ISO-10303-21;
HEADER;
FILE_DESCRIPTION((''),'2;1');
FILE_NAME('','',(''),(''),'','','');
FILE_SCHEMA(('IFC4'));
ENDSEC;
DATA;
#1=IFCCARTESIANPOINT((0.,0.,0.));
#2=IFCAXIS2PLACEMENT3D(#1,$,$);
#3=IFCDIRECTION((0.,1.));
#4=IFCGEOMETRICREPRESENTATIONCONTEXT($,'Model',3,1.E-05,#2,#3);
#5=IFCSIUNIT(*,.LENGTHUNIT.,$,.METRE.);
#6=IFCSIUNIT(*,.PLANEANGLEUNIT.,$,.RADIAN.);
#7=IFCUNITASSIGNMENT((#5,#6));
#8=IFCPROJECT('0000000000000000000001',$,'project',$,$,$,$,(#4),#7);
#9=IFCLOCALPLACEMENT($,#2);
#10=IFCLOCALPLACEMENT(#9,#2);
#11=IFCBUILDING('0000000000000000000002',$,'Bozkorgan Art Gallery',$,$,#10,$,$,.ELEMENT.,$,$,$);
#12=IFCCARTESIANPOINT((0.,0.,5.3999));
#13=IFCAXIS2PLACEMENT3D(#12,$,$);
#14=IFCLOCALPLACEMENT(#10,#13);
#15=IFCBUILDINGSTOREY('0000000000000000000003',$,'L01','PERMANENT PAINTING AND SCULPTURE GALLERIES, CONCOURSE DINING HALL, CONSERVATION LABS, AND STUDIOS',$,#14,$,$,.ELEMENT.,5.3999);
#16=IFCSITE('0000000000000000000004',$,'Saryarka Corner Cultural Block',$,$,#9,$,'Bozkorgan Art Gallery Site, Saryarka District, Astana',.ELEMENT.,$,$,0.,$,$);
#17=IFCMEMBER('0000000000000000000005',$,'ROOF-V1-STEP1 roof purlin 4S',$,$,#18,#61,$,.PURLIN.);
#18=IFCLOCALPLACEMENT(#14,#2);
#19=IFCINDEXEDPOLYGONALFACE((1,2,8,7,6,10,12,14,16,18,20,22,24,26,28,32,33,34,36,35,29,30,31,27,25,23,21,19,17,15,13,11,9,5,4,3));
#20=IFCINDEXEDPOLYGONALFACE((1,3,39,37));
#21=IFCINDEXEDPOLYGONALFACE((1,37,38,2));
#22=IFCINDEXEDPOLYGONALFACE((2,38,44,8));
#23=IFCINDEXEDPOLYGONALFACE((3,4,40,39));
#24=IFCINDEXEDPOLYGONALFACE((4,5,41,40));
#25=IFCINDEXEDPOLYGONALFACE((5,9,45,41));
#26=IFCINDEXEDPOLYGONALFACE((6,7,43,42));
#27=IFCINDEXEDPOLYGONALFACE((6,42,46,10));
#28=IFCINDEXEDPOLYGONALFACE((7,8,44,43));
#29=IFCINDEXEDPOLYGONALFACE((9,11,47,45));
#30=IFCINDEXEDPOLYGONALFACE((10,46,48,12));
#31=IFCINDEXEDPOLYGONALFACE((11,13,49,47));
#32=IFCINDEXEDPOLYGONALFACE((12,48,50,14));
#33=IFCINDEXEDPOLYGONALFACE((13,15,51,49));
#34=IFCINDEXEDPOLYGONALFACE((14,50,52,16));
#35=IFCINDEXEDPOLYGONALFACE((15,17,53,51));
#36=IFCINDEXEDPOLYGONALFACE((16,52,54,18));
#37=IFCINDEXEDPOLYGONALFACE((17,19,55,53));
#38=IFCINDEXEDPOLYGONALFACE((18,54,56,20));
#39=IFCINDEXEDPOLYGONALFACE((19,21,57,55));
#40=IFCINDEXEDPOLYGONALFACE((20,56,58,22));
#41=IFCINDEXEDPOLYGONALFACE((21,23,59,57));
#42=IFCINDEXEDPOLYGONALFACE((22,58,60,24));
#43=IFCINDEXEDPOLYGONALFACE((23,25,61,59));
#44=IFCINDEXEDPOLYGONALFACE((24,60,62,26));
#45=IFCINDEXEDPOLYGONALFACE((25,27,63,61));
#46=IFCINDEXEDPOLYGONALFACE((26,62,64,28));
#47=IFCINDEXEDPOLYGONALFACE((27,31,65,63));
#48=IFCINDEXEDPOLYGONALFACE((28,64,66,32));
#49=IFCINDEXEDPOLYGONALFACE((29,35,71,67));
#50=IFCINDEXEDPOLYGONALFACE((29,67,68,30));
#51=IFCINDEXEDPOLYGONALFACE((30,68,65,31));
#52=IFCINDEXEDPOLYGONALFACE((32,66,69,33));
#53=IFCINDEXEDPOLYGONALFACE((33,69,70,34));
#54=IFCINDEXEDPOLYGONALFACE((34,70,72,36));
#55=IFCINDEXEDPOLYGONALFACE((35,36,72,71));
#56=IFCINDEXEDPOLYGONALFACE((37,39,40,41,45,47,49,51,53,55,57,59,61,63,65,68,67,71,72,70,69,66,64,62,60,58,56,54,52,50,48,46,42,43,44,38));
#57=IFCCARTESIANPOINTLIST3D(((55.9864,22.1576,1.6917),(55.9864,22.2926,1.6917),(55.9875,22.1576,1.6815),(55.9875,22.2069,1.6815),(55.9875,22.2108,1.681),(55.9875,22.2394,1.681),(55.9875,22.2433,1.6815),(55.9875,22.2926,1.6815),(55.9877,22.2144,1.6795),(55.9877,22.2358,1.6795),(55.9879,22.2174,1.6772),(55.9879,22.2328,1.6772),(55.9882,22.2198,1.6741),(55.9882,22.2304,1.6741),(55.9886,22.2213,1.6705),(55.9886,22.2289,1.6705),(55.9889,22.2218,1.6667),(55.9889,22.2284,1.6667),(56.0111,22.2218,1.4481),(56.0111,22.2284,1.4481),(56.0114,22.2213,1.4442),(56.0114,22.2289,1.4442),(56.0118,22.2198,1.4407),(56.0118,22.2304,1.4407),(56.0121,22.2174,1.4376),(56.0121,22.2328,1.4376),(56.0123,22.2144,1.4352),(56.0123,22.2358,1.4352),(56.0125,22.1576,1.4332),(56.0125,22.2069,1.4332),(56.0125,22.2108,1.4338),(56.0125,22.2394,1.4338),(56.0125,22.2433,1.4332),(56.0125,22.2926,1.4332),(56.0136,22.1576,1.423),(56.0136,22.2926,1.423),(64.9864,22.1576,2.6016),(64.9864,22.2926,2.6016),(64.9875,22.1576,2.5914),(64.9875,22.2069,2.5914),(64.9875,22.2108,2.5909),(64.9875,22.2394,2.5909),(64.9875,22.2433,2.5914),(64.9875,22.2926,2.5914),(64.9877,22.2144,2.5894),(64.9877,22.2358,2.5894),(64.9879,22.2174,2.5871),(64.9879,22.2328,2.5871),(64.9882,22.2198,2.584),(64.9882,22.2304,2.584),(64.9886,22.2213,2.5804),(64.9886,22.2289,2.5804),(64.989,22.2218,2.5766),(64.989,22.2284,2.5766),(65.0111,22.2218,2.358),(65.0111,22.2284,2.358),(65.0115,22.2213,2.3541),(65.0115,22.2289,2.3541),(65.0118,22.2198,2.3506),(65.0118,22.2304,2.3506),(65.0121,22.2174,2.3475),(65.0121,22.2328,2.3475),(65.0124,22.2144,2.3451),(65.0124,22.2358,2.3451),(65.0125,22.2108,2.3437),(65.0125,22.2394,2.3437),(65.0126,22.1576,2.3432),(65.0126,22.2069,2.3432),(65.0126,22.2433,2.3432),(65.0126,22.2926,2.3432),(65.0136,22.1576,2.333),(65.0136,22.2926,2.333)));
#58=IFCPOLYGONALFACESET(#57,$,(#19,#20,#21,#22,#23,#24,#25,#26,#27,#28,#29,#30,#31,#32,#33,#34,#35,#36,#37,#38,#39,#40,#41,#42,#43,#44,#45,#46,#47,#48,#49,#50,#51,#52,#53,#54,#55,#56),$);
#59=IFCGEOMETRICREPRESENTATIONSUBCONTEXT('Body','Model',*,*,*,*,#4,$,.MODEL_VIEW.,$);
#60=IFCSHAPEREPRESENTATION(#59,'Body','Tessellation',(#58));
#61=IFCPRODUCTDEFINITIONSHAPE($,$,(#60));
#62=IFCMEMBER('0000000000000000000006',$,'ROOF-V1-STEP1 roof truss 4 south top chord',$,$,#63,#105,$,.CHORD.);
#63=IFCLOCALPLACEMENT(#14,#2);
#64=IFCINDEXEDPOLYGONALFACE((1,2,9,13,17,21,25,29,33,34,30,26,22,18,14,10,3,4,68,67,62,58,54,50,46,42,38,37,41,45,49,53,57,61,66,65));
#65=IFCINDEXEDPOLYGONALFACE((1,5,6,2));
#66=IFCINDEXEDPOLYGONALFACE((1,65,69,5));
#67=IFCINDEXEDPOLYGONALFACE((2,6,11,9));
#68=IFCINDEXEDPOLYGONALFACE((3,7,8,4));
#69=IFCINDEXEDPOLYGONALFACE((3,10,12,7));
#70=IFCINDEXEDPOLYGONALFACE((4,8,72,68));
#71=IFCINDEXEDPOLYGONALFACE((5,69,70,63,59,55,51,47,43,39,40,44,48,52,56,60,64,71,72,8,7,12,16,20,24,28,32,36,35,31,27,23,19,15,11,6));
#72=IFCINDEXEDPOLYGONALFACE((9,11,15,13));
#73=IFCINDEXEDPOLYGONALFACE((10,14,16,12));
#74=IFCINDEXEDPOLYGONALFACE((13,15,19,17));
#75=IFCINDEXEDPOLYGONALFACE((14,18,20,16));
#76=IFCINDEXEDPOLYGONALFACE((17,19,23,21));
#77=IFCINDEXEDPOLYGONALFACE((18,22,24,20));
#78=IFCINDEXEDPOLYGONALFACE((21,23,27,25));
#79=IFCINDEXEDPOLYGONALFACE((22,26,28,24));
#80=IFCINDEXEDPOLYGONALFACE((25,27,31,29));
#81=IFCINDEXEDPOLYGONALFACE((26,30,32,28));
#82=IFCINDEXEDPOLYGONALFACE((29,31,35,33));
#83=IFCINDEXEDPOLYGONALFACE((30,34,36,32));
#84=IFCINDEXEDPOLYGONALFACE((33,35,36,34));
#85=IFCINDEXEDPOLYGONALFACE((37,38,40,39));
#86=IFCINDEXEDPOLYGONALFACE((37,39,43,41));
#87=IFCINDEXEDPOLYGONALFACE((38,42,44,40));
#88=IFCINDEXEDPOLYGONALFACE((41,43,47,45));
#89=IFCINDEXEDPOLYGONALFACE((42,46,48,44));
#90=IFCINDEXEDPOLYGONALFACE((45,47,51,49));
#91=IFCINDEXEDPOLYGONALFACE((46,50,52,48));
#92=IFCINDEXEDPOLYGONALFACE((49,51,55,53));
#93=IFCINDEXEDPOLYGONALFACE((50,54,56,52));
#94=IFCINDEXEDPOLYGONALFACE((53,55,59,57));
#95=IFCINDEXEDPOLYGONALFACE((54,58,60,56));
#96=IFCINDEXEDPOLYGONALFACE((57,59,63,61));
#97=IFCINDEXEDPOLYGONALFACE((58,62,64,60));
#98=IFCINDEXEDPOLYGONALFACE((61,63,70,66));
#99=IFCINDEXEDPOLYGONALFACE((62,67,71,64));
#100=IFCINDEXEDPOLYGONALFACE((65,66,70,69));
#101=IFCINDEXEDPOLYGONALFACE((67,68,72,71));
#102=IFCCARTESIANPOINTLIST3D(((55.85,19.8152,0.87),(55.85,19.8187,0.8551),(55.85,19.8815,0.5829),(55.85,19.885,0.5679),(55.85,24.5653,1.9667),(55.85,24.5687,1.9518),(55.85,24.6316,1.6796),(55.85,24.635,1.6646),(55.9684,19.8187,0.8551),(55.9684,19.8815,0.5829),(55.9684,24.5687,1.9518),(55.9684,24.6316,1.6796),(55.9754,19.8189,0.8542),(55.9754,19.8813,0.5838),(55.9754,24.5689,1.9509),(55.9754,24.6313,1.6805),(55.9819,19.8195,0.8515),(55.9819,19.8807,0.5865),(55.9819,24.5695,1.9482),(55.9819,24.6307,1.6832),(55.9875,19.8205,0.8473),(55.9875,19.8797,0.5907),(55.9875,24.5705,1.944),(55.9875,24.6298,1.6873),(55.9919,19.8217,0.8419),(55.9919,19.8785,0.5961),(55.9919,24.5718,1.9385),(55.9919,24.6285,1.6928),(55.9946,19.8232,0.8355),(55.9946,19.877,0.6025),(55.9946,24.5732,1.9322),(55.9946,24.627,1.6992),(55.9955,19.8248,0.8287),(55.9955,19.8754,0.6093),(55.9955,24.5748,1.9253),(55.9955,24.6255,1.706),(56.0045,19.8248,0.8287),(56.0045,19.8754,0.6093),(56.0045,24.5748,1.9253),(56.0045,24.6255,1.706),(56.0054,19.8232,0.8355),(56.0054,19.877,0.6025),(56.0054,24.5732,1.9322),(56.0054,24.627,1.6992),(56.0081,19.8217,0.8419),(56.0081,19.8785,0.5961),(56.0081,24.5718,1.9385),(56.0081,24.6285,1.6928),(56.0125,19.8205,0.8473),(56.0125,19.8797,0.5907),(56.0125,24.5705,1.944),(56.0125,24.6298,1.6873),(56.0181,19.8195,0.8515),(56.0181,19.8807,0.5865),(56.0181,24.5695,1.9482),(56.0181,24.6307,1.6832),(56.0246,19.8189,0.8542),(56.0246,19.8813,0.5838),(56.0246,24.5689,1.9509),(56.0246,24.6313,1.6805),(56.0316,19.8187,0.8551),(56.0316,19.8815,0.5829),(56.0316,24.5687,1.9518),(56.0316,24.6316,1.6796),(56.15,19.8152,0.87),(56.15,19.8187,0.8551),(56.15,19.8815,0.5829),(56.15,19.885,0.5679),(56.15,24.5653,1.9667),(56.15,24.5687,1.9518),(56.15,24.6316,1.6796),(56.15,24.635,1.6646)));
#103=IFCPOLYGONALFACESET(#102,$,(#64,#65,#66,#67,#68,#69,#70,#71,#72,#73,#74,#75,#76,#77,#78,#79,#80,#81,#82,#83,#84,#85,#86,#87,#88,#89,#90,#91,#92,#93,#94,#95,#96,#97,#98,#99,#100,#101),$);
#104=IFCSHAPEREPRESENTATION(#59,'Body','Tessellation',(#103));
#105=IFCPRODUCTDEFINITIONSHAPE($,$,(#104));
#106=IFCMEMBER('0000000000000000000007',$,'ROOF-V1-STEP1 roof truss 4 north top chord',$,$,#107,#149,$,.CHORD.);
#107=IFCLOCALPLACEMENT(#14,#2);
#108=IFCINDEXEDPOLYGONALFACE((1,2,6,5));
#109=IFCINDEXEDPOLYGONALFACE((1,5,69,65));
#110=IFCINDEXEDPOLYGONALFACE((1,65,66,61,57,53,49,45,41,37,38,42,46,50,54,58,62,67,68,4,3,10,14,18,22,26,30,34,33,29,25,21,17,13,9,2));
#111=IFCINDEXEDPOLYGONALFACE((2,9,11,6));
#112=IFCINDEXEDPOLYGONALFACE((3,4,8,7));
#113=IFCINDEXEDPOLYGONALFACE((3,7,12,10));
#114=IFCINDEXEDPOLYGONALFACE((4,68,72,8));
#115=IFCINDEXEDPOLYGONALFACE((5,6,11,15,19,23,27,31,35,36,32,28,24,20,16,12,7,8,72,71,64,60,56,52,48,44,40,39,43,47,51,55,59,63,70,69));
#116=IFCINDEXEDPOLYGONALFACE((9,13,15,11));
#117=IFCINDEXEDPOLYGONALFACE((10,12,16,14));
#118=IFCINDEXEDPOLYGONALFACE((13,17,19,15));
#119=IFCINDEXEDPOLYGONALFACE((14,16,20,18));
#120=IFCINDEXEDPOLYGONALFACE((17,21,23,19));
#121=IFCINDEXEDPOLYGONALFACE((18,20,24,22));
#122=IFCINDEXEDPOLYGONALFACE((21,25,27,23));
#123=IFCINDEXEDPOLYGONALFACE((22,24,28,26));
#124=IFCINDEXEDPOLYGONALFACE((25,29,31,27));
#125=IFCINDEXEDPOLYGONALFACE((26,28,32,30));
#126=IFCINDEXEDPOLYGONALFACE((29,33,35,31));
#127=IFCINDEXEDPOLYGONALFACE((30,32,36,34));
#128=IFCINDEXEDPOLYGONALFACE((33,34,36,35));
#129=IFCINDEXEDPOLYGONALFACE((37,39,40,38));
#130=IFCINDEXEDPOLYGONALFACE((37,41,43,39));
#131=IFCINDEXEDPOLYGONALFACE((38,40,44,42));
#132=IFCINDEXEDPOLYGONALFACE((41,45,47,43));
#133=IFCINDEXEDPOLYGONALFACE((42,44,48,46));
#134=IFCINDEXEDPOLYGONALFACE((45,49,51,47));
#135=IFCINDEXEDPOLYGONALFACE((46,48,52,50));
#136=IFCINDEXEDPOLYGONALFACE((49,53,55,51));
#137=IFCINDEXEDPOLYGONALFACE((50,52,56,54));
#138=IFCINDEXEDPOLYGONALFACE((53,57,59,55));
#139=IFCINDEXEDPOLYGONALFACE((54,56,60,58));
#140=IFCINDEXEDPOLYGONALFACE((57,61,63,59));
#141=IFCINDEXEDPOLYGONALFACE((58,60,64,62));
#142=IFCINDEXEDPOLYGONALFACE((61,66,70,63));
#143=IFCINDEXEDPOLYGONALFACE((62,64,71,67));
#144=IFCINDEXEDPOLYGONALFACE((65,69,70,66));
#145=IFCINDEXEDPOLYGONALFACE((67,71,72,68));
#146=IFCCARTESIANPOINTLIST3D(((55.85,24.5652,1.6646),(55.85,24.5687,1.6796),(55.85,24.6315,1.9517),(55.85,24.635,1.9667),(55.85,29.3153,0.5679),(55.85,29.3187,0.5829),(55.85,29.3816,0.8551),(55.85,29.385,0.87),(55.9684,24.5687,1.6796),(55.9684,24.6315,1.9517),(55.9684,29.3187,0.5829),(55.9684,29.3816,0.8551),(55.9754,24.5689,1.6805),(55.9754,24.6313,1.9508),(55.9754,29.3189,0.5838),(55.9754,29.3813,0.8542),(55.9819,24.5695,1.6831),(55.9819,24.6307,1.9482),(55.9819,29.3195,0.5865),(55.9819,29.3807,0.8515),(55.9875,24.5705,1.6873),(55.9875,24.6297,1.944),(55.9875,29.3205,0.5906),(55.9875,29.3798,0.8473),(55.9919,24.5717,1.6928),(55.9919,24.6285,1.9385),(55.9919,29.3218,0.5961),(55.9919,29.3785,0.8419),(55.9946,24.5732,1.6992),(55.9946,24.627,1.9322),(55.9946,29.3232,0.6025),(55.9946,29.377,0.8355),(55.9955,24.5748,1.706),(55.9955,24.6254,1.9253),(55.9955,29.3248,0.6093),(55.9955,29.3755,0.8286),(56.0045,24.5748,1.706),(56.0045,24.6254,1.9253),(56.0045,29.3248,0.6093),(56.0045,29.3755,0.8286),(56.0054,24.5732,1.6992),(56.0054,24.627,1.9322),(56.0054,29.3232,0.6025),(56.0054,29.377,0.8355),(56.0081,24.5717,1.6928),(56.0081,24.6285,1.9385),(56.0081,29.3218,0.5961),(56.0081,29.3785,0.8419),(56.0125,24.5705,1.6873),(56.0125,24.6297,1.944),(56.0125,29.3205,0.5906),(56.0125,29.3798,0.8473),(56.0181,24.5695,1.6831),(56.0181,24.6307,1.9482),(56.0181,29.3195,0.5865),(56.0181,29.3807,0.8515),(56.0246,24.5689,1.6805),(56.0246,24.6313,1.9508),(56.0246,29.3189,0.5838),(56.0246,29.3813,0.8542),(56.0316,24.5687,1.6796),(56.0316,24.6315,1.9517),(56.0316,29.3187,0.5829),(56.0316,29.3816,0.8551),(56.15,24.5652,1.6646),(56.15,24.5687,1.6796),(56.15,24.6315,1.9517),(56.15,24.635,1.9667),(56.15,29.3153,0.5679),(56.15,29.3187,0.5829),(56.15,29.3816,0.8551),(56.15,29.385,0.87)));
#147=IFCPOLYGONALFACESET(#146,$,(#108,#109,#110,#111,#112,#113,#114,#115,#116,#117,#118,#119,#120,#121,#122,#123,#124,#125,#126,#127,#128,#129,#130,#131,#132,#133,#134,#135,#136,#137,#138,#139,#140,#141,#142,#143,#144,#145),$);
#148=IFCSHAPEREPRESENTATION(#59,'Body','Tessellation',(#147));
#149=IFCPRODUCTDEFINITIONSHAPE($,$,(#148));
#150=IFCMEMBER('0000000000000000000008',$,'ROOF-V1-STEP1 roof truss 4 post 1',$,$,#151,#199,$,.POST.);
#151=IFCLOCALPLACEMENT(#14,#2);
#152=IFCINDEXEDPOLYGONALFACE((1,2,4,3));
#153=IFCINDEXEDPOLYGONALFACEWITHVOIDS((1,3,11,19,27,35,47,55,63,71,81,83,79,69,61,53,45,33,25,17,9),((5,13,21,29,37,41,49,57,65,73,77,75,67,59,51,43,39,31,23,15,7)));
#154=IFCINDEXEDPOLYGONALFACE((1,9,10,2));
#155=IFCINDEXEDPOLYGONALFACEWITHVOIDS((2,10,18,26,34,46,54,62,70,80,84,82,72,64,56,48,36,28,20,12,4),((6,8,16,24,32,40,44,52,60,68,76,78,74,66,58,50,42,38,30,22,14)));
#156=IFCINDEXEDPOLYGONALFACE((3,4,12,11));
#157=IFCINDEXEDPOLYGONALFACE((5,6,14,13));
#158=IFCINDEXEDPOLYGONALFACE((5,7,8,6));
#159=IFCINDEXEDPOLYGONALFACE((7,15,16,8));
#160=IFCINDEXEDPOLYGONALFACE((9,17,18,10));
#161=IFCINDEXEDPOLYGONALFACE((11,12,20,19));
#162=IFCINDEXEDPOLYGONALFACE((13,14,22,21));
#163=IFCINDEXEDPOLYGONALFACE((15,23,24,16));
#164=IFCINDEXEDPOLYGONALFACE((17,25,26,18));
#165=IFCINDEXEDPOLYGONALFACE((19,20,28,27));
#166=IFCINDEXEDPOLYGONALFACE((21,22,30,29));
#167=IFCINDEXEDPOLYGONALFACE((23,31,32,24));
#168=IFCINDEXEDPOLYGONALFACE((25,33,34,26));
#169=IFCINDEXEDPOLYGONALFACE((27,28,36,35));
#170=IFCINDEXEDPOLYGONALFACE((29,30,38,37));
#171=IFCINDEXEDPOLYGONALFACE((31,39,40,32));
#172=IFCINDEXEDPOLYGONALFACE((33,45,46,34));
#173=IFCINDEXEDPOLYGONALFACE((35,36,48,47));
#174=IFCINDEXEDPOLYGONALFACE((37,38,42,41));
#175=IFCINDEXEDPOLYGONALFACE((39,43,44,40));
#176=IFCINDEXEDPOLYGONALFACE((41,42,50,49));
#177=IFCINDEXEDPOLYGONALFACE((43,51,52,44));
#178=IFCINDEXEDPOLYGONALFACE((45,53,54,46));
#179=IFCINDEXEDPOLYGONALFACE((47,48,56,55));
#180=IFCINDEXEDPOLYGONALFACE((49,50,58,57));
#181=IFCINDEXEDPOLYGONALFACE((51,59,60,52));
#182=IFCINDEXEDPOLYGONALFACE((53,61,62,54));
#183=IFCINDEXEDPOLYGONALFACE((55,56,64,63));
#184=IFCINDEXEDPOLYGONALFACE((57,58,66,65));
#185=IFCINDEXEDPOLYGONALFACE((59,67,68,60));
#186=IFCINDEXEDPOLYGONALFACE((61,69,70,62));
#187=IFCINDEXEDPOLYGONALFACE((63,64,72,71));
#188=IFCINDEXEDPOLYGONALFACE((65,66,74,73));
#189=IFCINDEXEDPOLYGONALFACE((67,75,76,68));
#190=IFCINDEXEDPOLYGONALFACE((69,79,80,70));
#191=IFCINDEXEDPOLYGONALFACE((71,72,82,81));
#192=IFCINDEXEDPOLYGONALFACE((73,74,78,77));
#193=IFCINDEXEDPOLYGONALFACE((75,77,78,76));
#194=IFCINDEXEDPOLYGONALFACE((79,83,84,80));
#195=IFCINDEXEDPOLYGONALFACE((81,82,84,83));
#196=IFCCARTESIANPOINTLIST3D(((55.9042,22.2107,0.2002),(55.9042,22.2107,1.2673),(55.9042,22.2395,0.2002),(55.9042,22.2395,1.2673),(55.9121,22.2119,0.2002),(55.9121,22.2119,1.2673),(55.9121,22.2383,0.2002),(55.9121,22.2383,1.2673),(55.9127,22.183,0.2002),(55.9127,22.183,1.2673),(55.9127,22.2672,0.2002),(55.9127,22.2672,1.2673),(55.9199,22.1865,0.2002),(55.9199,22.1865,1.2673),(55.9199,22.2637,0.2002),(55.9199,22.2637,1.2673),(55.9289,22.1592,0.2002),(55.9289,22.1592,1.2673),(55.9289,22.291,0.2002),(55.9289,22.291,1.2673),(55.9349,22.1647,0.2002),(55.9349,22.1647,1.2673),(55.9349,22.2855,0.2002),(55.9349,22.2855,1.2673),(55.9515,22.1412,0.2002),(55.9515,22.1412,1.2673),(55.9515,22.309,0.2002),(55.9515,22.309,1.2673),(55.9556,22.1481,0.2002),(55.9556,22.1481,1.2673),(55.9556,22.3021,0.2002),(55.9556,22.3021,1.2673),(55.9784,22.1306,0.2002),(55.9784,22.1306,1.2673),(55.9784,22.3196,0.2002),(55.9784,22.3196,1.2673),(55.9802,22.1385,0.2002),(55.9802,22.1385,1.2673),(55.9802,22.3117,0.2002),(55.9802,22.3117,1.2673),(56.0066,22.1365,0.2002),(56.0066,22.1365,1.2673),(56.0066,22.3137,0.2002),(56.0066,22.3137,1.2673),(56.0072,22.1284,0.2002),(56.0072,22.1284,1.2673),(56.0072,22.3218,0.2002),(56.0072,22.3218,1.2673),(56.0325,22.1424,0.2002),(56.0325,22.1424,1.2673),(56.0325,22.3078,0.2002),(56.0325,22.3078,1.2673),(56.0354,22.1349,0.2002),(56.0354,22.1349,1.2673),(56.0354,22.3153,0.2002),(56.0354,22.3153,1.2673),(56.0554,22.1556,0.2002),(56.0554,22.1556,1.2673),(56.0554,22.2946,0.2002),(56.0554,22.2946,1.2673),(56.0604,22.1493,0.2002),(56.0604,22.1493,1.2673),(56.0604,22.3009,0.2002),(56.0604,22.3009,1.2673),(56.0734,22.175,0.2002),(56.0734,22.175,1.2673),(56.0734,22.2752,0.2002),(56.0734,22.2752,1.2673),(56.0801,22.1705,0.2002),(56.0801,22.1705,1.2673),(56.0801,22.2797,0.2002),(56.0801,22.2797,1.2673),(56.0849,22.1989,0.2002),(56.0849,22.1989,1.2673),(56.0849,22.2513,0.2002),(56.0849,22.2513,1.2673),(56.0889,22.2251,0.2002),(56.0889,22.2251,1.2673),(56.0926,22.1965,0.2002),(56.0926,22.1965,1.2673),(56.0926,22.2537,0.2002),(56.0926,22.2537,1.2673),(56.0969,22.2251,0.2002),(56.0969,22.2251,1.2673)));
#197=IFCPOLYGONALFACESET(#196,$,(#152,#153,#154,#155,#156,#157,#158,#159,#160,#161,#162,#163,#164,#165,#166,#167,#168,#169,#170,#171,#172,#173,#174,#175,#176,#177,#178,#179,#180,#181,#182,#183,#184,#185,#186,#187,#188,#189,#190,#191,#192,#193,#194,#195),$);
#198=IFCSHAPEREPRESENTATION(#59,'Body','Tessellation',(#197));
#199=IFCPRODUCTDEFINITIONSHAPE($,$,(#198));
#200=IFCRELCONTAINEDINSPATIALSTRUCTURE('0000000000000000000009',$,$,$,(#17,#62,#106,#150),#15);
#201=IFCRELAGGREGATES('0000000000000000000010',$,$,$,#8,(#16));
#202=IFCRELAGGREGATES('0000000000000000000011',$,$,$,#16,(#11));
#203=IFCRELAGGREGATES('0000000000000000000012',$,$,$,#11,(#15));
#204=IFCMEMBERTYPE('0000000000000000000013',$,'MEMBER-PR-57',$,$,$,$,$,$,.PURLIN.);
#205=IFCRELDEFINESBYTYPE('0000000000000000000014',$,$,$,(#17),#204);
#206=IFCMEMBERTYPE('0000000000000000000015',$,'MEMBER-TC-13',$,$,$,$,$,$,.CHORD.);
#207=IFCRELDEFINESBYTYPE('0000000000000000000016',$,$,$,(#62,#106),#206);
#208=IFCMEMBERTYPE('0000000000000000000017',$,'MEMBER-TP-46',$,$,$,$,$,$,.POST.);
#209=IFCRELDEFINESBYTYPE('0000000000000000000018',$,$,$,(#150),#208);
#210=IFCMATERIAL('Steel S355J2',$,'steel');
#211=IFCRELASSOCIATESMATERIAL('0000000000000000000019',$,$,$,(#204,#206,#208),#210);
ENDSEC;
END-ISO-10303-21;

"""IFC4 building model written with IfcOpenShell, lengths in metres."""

from ifc_helpers import new_model, si_unit, direction, frame, origin, origin_2d, place, context, subcontext, project, spatial, hollow_circle, i_section, extrude, material, material_profile, profile_set, type_object, element, save


model = new_model("IFC4")

# Units and contexts
model_context = context("Model", 3, precision=1e-05, world=origin(), true_north=direction((0.0, 1.0)))
body_context = subcontext(model_context, "Body", "Model", "MODEL_VIEW")
ifc_project = project(units=[si_unit("LENGTHUNIT", "METRE"), si_unit("PLANEANGLEUNIT", "RADIAN")], contexts=[model_context])

# Site, building, storey
site_placement = place(None, origin())
site = spatial("IfcSite", under=ifc_project, at=site_placement, Name="Saryarka Corner Cultural Block", LongName="Bozkorgan Art Gallery Site, Saryarka District, Astana", CompositionType="ELEMENT", RefElevation=0.0)
building_placement = place(site_placement, origin())
building = spatial("IfcBuilding", under=site, at=building_placement, Name="Bozkorgan Art Gallery", CompositionType="ELEMENT")
storey_placement = place(building_placement, frame((0.0, 0.0, 5.3999)))
storey = spatial("IfcBuildingStorey", under=building, at=storey_placement, Name="L01", Description="PERMANENT PAINTING AND SCULPTURE GALLERIES, CONCOURSE DINING HALL, CONSERVATION LABS, AND STUDIOS", CompositionType="ELEMENT", Elevation=5.3999)

# Shared definitions
ifc_material_1 = material(Name="Steel S355J2", Category="steel")

# Members
ifc_material_profile_1 = material_profile(ifc_material_1, i_section(OverallWidth=0.135, OverallDepth=0.27, WebThickness=0.0066, FlangeThickness=0.0103, FilletRadius=0.0149, at=origin_2d()), Name="IPE 270")
ifc_profile_set_1 = profile_set([ifc_material_profile_1], Name="Steel S355J2")
member_type_1 = type_object("IfcMemberType", Name="MEMBER-PR-57", PredefinedType="PURLIN", material=ifc_profile_set_1)
member_1_placement = place(storey_placement, frame((56.0, 22.2251, 1.5574), z_axis=(0.994928, 0.0, 0.100589), x_axis=(0.0, 1.0, 0.0)))
element("IfcMember", 1, at=member_1_placement, inside=storey, type_object=member_type_1, Name="ROOF-V1-STEP1 roof purlin 4S", PredefinedType="PURLIN", context=body_context, shape_type="SweptSolid", body=[
    extrude(i_section(OverallWidth=0.135, OverallDepth=0.27, WebThickness=0.0066, FlangeThickness=0.0103, FilletRadius=0.0149, at=origin_2d()), origin(), (0.0, 0.0, 1.0), 9.0459),
])
ifc_material_profile_2 = material_profile(ifc_material_1, i_section(OverallWidth=0.3, OverallDepth=0.3101, WebThickness=0.009, FlangeThickness=0.0154, FilletRadius=0.0271, at=origin_2d()), Name="HEA 320")
ifc_profile_set_2 = profile_set([ifc_material_profile_2], Name="Steel S355J2")
member_type_2 = type_object("IfcMemberType", Name="MEMBER-TC-13", PredefinedType="CHORD", material=ifc_profile_set_2)
for number, where, z_axis, x_axis, name in (
    (2, (56.0, 19.8501, 0.719), (0.0, 0.974368, 0.224962), (-1.0, 0.0, 0.0), "ROOF-V1-STEP1 roof truss 4 south top chord"),
    (3, (56.0, 24.6001, 1.8157), (0.0, 0.974368, -0.224962), (-1.0, 0.0, 0.0), "ROOF-V1-STEP1 roof truss 4 north top chord"),
):
    element("IfcMember", number, at=place(storey_placement, frame(where, z_axis=z_axis, x_axis=x_axis)), inside=storey, type_object=member_type_2, Name=name, PredefinedType="CHORD", context=body_context, shape_type="SweptSolid", body=[
        extrude(i_section(OverallWidth=0.3, OverallDepth=0.3101, WebThickness=0.009, FlangeThickness=0.0154, FilletRadius=0.0271, at=origin_2d()), origin(), (0.0, 0.0, 1.0), 4.875),
    ])
ifc_material_profile_3 = material_profile(ifc_material_1, hollow_circle(Radius=0.0969, WallThickness=0.0081, at=origin_2d()), Name="CHS 193.7x8")
ifc_profile_set_3 = profile_set([ifc_material_profile_3], Name="Steel S355J2")
member_type_3 = type_object("IfcMemberType", Name="MEMBER-TP-46", PredefinedType="POST", material=ifc_profile_set_3)
member_2_placement = place(storey_placement, frame((56.0, 22.2251, 0.2002), z_axis=(0.0, 0.0, 1.0), x_axis=(1.0, 0.0, 0.0)))
element("IfcMember", 4, at=member_2_placement, inside=storey, type_object=member_type_3, Name="ROOF-V1-STEP1 roof truss 4 post 1", PredefinedType="POST", context=body_context, shape_type="SweptSolid", body=[
    extrude(hollow_circle(Radius=0.0969, WallThickness=0.0081, at=origin_2d()), origin(), (0.0, 0.0, 1.0), 1.0671),
])

save(model, "model.ifc")
